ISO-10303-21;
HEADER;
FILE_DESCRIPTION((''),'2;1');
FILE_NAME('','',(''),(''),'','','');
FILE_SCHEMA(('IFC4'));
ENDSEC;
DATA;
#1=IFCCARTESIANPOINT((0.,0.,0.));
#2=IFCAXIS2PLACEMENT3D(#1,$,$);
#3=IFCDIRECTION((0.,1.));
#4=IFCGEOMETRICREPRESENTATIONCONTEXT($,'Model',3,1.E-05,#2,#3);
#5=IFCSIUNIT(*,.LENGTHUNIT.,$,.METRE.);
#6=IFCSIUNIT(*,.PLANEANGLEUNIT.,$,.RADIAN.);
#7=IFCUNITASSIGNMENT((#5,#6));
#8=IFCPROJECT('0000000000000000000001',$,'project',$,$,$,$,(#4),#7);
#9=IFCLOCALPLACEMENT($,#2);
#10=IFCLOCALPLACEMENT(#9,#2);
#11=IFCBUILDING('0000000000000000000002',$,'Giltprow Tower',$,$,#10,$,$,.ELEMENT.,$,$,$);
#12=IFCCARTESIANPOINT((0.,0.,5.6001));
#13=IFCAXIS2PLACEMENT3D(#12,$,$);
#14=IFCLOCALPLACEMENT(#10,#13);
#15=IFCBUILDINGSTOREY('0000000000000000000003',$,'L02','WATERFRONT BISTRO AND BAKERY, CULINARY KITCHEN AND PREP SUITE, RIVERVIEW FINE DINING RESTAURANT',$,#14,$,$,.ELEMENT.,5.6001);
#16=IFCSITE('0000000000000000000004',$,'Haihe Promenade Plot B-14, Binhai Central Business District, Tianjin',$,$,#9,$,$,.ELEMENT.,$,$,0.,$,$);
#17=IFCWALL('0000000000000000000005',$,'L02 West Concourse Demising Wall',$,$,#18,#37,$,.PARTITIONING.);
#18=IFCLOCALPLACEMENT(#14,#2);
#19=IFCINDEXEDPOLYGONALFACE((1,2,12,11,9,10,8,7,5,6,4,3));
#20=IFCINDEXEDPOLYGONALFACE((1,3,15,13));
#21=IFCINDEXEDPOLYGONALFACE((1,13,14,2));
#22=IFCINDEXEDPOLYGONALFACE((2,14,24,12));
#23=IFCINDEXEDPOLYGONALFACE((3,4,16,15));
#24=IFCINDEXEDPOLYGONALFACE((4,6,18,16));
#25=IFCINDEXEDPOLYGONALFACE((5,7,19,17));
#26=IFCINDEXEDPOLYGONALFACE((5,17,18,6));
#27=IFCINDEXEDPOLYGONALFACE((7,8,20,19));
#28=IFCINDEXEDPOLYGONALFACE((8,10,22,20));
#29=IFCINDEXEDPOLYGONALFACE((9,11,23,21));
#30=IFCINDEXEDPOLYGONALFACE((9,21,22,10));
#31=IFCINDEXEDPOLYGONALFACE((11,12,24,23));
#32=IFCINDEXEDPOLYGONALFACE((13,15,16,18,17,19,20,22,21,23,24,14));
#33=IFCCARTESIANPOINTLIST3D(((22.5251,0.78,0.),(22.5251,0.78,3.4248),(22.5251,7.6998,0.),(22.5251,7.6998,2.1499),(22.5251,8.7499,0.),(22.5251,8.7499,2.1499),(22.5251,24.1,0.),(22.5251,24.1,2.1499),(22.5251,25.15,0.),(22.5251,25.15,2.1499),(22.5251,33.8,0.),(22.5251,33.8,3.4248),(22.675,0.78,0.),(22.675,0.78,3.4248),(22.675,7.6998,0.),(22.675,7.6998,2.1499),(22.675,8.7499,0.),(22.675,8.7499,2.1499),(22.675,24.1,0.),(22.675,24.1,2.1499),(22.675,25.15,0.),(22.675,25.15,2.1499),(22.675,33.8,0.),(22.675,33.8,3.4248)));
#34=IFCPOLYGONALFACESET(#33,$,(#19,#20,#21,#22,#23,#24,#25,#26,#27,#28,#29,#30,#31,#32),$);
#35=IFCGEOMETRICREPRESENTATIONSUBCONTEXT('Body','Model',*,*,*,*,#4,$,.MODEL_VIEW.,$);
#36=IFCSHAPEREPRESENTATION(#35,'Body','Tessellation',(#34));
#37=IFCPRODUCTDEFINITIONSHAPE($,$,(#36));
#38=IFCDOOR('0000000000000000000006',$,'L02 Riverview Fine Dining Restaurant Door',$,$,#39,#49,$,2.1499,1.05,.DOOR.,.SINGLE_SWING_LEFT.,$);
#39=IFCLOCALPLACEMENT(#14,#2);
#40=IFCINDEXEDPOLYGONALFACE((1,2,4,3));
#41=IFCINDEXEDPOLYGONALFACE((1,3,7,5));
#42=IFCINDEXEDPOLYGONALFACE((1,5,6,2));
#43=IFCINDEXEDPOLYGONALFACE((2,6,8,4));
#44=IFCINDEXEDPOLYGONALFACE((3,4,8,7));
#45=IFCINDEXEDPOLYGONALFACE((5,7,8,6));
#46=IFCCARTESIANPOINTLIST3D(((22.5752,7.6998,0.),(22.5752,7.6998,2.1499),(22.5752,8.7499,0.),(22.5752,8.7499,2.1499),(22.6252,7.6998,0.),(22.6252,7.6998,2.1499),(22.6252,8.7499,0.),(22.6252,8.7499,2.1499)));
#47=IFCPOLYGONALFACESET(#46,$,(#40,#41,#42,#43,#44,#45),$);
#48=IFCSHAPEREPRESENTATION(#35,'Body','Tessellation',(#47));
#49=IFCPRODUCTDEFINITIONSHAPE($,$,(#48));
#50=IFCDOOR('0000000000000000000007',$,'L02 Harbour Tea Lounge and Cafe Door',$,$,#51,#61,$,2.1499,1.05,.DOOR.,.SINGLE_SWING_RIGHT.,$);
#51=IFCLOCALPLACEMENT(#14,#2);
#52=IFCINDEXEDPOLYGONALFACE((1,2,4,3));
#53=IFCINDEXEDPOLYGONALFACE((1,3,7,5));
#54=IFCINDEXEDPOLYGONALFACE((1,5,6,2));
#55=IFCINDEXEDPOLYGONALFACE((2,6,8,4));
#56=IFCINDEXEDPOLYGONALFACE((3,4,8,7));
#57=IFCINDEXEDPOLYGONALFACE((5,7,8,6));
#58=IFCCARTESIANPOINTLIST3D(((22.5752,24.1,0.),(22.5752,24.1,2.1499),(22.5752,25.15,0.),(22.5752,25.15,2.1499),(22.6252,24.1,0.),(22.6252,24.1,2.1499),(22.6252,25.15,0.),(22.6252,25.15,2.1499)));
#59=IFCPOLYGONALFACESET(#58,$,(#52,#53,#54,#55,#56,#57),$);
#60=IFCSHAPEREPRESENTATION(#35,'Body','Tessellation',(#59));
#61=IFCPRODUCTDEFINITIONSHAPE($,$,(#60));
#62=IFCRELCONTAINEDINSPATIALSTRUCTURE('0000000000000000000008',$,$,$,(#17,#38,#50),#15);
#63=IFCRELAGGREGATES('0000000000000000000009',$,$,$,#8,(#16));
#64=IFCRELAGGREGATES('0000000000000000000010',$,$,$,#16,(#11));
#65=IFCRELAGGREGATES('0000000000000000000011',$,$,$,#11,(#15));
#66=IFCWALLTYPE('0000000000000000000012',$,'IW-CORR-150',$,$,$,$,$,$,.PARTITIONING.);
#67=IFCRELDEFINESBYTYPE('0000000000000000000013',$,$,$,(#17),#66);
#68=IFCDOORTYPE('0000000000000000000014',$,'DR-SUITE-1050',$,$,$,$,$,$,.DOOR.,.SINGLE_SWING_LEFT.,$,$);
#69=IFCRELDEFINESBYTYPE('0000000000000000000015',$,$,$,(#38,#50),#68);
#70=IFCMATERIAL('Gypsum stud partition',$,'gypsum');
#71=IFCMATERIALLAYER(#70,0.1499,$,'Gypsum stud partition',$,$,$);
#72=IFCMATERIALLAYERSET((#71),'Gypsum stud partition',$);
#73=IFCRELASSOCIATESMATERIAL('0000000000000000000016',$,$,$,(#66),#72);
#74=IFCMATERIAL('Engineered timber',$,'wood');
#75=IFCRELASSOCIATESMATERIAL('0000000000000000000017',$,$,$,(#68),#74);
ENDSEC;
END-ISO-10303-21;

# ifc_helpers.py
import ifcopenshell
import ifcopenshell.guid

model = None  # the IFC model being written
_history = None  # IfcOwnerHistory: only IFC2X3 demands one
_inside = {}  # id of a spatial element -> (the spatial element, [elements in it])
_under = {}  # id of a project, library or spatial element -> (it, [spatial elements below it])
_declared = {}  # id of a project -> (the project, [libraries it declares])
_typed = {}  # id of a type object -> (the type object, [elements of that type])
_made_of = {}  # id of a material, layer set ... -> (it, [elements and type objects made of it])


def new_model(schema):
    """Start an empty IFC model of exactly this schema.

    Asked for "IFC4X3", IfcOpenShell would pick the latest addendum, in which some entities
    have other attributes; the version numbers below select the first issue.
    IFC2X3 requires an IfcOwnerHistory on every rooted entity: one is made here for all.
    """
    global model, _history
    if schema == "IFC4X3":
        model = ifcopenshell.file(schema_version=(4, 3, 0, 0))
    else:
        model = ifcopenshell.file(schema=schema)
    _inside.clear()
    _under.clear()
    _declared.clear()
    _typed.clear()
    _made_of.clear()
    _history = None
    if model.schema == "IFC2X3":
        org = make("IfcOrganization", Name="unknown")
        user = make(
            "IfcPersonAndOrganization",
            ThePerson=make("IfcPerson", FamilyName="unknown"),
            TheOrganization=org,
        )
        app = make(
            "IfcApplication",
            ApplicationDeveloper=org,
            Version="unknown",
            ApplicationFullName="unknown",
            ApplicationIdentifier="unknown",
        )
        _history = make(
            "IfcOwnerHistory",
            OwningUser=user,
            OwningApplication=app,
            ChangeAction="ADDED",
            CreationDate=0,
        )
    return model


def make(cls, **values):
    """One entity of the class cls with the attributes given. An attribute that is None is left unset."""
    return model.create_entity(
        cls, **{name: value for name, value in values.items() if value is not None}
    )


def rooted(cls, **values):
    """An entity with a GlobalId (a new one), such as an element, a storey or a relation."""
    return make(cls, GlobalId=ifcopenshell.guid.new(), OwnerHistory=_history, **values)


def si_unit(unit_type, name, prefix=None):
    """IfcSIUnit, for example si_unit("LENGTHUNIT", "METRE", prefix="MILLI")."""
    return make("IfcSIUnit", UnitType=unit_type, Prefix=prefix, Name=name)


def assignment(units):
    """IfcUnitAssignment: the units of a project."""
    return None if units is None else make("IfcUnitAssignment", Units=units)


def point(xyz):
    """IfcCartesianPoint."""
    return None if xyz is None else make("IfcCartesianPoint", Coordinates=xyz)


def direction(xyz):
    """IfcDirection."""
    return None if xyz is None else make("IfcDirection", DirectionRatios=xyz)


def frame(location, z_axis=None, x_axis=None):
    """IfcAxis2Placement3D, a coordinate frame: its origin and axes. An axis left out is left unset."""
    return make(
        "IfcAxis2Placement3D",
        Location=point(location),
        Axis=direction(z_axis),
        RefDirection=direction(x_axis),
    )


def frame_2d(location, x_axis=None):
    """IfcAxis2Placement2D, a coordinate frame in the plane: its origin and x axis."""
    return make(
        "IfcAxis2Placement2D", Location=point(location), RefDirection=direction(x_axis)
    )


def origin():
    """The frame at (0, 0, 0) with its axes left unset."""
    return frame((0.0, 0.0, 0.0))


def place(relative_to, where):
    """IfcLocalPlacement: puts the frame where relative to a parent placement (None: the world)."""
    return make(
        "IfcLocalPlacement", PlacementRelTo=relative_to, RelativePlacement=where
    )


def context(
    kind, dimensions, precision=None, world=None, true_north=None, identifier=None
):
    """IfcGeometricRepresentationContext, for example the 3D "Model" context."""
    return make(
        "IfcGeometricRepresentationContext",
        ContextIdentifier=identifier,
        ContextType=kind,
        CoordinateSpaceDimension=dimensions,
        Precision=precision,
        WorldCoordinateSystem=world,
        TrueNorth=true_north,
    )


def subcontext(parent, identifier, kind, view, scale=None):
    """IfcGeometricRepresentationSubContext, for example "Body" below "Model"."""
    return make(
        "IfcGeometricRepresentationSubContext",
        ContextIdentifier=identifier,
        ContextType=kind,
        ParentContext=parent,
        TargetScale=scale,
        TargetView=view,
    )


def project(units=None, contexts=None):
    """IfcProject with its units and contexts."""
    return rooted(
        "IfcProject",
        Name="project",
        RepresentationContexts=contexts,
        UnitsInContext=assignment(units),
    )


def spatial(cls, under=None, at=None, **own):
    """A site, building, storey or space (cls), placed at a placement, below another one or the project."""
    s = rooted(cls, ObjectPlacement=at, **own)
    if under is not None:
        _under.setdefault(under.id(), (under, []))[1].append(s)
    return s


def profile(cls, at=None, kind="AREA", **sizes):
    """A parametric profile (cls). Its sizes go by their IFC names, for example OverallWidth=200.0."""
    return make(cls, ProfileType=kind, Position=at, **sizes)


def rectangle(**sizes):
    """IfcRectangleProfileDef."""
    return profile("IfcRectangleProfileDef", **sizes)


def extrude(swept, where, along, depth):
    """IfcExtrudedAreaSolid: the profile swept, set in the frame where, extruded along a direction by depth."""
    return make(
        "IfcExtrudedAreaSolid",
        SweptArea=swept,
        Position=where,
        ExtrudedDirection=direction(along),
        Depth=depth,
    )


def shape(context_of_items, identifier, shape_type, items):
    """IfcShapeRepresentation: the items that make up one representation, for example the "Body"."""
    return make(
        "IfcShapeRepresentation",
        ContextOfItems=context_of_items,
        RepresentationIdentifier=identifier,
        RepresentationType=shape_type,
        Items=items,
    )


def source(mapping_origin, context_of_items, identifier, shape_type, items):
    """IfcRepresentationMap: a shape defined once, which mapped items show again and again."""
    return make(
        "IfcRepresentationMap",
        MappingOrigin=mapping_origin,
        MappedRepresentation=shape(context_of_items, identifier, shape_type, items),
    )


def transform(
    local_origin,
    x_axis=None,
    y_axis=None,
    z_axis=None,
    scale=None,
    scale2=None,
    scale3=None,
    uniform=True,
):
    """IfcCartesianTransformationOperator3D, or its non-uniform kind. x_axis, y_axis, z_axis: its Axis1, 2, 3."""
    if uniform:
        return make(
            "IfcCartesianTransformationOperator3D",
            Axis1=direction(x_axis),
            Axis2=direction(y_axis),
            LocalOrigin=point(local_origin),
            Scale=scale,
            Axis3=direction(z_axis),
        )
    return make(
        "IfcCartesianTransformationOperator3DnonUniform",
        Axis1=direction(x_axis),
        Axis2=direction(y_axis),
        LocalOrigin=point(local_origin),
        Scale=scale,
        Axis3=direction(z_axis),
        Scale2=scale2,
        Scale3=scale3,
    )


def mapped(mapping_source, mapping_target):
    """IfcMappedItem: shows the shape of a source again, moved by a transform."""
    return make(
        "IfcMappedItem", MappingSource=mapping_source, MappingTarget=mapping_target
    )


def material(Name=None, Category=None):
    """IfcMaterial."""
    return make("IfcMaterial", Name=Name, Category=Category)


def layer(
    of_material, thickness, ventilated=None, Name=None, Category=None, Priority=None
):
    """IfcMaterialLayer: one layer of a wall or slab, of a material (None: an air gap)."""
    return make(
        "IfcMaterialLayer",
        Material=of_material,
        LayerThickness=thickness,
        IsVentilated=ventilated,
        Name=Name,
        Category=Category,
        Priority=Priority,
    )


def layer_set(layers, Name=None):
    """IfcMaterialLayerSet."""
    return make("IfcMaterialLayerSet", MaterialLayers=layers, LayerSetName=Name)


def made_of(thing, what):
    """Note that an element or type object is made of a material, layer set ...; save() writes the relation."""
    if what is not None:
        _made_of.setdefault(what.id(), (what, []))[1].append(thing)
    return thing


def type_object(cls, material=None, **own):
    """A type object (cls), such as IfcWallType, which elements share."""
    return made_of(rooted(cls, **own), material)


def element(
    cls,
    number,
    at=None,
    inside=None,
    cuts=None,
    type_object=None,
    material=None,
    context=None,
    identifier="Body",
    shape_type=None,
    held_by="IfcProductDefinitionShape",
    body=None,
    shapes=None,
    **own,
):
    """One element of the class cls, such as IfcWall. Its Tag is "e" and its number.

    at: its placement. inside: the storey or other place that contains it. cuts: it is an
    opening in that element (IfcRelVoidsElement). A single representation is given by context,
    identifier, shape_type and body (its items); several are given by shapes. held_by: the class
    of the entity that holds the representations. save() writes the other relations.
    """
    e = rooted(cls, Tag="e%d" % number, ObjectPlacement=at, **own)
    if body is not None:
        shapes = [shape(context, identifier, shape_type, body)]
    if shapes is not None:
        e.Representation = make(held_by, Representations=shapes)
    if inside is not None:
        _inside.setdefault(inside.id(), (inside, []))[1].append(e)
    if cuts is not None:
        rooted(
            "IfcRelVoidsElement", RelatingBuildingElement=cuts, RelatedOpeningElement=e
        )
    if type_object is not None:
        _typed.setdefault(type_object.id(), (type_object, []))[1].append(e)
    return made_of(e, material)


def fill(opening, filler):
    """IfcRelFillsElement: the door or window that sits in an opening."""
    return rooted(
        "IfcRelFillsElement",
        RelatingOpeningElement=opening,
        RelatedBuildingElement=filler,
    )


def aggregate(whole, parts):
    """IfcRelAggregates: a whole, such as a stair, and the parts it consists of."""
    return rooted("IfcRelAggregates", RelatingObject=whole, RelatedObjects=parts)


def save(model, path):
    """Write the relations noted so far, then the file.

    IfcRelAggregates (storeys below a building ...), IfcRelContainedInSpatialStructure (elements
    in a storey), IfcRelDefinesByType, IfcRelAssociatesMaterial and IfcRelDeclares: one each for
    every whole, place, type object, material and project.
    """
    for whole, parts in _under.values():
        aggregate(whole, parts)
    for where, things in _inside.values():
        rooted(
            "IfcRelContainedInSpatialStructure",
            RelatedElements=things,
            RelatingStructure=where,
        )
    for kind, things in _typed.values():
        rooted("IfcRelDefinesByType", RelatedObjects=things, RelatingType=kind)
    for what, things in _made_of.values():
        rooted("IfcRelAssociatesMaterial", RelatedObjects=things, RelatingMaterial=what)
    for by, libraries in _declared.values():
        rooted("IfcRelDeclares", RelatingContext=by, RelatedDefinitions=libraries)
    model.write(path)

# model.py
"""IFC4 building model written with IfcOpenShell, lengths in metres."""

from ifc_helpers import new_model, si_unit, direction, frame, frame_2d, origin, place, context, subcontext, project, spatial, rectangle, extrude, source, transform, mapped, material, layer, layer_set, type_object, element, fill, save


model = new_model("IFC4")

# Units and contexts
model_context = context("Model", 3, precision=1e-05, world=origin(), true_north=direction((0.0, 1.0)))
body_context = subcontext(model_context, "Body", "Model", "MODEL_VIEW")
ifc_project = project(units=[si_unit("LENGTHUNIT", "METRE"), si_unit("PLANEANGLEUNIT", "RADIAN")], contexts=[model_context])

# Site, building, storey
site_placement = place(None, origin())
site = spatial("IfcSite", under=ifc_project, at=site_placement, Name="Haihe Promenade Plot B-14, Binhai Central Business District, Tianjin", CompositionType="ELEMENT", RefElevation=0.0)
building_placement = place(site_placement, origin())
building = spatial("IfcBuilding", under=site, at=building_placement, Name="Giltprow Tower", CompositionType="ELEMENT")
storey_placement = place(building_placement, frame((0.0, 0.0, 5.6001)))
storey = spatial("IfcBuildingStorey", under=building, at=storey_placement, Name="L02", Description="WATERFRONT BISTRO AND BAKERY, CULINARY KITCHEN AND PREP SUITE, RIVERVIEW FINE DINING RESTAURANT", CompositionType="ELEMENT", Elevation=5.6001)

# Wall, openings, doors
ifc_material_1 = material(Name="Gypsum stud partition", Category="gypsum")
ifc_layer_1 = layer(ifc_material_1, 0.1499, Name="Gypsum stud partition")
ifc_layer_set_1 = layer_set([ifc_layer_1], Name="Gypsum stud partition")
wall_type_1 = type_object("IfcWallType", Name="IW-CORR-150", PredefinedType="PARTITIONING", material=ifc_layer_set_1)
wall_1_placement = place(storey_placement, frame((22.6001, 0.78, 0.0), z_axis=(0.0, 0.0, 1.0), x_axis=(0.0, 1.0, 0.0)))
wall_1 = element("IfcWall", 1, at=wall_1_placement, inside=storey, type_object=wall_type_1, Name="L02 West Concourse Demising Wall", PredefinedType="PARTITIONING", context=body_context, shape_type="SweptSolid", body=[
    extrude(rectangle(XDim=33.02, YDim=0.1499, at=frame_2d((16.51, 0.0))), origin(), (0.0, 0.0, 1.0), 3.4248),
])
opening_1_placement = place(wall_1_placement, frame((6.9199, 0.0, 0.0)))
opening_1 = element("IfcOpeningElement", 2, at=opening_1_placement, cuts=wall_1, PredefinedType="OPENING", context=body_context, shape_type="SweptSolid", body=[
    extrude(rectangle(XDim=1.05, YDim=2.1499, at=frame_2d((0.5249, 1.075))), frame((0.0, 0.085, 0.0), z_axis=(0.0, -1.0, 0.0), x_axis=(1.0, 0.0, 0.0)), (0.0, 0.0, 1.0), 0.1699),
])
opening_2_placement = place(wall_1_placement, frame((23.3201, 0.0, 0.0)))
opening_2 = element("IfcOpeningElement", 3, at=opening_2_placement, cuts=wall_1, PredefinedType="OPENING", context=body_context, shape_type="SweptSolid", body=[
    extrude(rectangle(XDim=1.05, YDim=2.1499, at=frame_2d((0.5249, 1.075))), frame((0.0, 0.085, 0.0), z_axis=(0.0, -1.0, 0.0), x_axis=(1.0, 0.0, 0.0)), (0.0, 0.0, 1.0), 0.1699),
])
ifc_material_2 = material(Name="Engineered timber", Category="wood")
door_type = type_object("IfcDoorType", Name="DR-SUITE-1050", OperationType="SINGLE_SWING_LEFT", PredefinedType="DOOR", material=ifc_material_2)
shared_shape_1 = source(origin(), body_context, "Body", "SweptSolid", [
    extrude(rectangle(XDim=1.05, YDim=2.1499, at=frame_2d((0.5249, 1.075))), frame((0.0, 0.0249, 0.0), z_axis=(0.0, -1.0, 0.0), x_axis=(1.0, 0.0, 0.0)), (0.0, 0.0, 1.0), 0.05),
])
door_1_placement = place(opening_1_placement, origin())
door_1 = element("IfcDoor", 4, at=door_1_placement, inside=storey, type_object=door_type, Name="L02 Riverview Fine Dining Restaurant Door", OperationType="SINGLE_SWING_LEFT", OverallHeight=2.1499, OverallWidth=1.05, PredefinedType="DOOR", context=body_context, shape_type="MappedRepresentation", body=[
    mapped(shared_shape_1, transform((0.0, 0.0, 0.0), x_axis=(1.0, 0.0, 0.0), y_axis=(0.0, 1.0, 0.0), z_axis=(0.0, 0.0, 1.0), scale=1.0)),
])
fill(opening_1, door_1)
door_2_placement = place(opening_2_placement, origin())
door_2 = element("IfcDoor", 5, at=door_2_placement, inside=storey, type_object=door_type, Name="L02 Harbour Tea Lounge and Cafe Door", OperationType="SINGLE_SWING_RIGHT", OverallHeight=2.1499, OverallWidth=1.05, PredefinedType="DOOR", context=body_context, shape_type="MappedRepresentation", body=[
    mapped(shared_shape_1, transform((0.0, 0.0, 0.0), x_axis=(1.0, 0.0, 0.0), y_axis=(0.0, 1.0, 0.0), z_axis=(0.0, 0.0, 1.0), scale=1.0)),
])
fill(opening_2, door_2)

save(model, "model.ifc")
